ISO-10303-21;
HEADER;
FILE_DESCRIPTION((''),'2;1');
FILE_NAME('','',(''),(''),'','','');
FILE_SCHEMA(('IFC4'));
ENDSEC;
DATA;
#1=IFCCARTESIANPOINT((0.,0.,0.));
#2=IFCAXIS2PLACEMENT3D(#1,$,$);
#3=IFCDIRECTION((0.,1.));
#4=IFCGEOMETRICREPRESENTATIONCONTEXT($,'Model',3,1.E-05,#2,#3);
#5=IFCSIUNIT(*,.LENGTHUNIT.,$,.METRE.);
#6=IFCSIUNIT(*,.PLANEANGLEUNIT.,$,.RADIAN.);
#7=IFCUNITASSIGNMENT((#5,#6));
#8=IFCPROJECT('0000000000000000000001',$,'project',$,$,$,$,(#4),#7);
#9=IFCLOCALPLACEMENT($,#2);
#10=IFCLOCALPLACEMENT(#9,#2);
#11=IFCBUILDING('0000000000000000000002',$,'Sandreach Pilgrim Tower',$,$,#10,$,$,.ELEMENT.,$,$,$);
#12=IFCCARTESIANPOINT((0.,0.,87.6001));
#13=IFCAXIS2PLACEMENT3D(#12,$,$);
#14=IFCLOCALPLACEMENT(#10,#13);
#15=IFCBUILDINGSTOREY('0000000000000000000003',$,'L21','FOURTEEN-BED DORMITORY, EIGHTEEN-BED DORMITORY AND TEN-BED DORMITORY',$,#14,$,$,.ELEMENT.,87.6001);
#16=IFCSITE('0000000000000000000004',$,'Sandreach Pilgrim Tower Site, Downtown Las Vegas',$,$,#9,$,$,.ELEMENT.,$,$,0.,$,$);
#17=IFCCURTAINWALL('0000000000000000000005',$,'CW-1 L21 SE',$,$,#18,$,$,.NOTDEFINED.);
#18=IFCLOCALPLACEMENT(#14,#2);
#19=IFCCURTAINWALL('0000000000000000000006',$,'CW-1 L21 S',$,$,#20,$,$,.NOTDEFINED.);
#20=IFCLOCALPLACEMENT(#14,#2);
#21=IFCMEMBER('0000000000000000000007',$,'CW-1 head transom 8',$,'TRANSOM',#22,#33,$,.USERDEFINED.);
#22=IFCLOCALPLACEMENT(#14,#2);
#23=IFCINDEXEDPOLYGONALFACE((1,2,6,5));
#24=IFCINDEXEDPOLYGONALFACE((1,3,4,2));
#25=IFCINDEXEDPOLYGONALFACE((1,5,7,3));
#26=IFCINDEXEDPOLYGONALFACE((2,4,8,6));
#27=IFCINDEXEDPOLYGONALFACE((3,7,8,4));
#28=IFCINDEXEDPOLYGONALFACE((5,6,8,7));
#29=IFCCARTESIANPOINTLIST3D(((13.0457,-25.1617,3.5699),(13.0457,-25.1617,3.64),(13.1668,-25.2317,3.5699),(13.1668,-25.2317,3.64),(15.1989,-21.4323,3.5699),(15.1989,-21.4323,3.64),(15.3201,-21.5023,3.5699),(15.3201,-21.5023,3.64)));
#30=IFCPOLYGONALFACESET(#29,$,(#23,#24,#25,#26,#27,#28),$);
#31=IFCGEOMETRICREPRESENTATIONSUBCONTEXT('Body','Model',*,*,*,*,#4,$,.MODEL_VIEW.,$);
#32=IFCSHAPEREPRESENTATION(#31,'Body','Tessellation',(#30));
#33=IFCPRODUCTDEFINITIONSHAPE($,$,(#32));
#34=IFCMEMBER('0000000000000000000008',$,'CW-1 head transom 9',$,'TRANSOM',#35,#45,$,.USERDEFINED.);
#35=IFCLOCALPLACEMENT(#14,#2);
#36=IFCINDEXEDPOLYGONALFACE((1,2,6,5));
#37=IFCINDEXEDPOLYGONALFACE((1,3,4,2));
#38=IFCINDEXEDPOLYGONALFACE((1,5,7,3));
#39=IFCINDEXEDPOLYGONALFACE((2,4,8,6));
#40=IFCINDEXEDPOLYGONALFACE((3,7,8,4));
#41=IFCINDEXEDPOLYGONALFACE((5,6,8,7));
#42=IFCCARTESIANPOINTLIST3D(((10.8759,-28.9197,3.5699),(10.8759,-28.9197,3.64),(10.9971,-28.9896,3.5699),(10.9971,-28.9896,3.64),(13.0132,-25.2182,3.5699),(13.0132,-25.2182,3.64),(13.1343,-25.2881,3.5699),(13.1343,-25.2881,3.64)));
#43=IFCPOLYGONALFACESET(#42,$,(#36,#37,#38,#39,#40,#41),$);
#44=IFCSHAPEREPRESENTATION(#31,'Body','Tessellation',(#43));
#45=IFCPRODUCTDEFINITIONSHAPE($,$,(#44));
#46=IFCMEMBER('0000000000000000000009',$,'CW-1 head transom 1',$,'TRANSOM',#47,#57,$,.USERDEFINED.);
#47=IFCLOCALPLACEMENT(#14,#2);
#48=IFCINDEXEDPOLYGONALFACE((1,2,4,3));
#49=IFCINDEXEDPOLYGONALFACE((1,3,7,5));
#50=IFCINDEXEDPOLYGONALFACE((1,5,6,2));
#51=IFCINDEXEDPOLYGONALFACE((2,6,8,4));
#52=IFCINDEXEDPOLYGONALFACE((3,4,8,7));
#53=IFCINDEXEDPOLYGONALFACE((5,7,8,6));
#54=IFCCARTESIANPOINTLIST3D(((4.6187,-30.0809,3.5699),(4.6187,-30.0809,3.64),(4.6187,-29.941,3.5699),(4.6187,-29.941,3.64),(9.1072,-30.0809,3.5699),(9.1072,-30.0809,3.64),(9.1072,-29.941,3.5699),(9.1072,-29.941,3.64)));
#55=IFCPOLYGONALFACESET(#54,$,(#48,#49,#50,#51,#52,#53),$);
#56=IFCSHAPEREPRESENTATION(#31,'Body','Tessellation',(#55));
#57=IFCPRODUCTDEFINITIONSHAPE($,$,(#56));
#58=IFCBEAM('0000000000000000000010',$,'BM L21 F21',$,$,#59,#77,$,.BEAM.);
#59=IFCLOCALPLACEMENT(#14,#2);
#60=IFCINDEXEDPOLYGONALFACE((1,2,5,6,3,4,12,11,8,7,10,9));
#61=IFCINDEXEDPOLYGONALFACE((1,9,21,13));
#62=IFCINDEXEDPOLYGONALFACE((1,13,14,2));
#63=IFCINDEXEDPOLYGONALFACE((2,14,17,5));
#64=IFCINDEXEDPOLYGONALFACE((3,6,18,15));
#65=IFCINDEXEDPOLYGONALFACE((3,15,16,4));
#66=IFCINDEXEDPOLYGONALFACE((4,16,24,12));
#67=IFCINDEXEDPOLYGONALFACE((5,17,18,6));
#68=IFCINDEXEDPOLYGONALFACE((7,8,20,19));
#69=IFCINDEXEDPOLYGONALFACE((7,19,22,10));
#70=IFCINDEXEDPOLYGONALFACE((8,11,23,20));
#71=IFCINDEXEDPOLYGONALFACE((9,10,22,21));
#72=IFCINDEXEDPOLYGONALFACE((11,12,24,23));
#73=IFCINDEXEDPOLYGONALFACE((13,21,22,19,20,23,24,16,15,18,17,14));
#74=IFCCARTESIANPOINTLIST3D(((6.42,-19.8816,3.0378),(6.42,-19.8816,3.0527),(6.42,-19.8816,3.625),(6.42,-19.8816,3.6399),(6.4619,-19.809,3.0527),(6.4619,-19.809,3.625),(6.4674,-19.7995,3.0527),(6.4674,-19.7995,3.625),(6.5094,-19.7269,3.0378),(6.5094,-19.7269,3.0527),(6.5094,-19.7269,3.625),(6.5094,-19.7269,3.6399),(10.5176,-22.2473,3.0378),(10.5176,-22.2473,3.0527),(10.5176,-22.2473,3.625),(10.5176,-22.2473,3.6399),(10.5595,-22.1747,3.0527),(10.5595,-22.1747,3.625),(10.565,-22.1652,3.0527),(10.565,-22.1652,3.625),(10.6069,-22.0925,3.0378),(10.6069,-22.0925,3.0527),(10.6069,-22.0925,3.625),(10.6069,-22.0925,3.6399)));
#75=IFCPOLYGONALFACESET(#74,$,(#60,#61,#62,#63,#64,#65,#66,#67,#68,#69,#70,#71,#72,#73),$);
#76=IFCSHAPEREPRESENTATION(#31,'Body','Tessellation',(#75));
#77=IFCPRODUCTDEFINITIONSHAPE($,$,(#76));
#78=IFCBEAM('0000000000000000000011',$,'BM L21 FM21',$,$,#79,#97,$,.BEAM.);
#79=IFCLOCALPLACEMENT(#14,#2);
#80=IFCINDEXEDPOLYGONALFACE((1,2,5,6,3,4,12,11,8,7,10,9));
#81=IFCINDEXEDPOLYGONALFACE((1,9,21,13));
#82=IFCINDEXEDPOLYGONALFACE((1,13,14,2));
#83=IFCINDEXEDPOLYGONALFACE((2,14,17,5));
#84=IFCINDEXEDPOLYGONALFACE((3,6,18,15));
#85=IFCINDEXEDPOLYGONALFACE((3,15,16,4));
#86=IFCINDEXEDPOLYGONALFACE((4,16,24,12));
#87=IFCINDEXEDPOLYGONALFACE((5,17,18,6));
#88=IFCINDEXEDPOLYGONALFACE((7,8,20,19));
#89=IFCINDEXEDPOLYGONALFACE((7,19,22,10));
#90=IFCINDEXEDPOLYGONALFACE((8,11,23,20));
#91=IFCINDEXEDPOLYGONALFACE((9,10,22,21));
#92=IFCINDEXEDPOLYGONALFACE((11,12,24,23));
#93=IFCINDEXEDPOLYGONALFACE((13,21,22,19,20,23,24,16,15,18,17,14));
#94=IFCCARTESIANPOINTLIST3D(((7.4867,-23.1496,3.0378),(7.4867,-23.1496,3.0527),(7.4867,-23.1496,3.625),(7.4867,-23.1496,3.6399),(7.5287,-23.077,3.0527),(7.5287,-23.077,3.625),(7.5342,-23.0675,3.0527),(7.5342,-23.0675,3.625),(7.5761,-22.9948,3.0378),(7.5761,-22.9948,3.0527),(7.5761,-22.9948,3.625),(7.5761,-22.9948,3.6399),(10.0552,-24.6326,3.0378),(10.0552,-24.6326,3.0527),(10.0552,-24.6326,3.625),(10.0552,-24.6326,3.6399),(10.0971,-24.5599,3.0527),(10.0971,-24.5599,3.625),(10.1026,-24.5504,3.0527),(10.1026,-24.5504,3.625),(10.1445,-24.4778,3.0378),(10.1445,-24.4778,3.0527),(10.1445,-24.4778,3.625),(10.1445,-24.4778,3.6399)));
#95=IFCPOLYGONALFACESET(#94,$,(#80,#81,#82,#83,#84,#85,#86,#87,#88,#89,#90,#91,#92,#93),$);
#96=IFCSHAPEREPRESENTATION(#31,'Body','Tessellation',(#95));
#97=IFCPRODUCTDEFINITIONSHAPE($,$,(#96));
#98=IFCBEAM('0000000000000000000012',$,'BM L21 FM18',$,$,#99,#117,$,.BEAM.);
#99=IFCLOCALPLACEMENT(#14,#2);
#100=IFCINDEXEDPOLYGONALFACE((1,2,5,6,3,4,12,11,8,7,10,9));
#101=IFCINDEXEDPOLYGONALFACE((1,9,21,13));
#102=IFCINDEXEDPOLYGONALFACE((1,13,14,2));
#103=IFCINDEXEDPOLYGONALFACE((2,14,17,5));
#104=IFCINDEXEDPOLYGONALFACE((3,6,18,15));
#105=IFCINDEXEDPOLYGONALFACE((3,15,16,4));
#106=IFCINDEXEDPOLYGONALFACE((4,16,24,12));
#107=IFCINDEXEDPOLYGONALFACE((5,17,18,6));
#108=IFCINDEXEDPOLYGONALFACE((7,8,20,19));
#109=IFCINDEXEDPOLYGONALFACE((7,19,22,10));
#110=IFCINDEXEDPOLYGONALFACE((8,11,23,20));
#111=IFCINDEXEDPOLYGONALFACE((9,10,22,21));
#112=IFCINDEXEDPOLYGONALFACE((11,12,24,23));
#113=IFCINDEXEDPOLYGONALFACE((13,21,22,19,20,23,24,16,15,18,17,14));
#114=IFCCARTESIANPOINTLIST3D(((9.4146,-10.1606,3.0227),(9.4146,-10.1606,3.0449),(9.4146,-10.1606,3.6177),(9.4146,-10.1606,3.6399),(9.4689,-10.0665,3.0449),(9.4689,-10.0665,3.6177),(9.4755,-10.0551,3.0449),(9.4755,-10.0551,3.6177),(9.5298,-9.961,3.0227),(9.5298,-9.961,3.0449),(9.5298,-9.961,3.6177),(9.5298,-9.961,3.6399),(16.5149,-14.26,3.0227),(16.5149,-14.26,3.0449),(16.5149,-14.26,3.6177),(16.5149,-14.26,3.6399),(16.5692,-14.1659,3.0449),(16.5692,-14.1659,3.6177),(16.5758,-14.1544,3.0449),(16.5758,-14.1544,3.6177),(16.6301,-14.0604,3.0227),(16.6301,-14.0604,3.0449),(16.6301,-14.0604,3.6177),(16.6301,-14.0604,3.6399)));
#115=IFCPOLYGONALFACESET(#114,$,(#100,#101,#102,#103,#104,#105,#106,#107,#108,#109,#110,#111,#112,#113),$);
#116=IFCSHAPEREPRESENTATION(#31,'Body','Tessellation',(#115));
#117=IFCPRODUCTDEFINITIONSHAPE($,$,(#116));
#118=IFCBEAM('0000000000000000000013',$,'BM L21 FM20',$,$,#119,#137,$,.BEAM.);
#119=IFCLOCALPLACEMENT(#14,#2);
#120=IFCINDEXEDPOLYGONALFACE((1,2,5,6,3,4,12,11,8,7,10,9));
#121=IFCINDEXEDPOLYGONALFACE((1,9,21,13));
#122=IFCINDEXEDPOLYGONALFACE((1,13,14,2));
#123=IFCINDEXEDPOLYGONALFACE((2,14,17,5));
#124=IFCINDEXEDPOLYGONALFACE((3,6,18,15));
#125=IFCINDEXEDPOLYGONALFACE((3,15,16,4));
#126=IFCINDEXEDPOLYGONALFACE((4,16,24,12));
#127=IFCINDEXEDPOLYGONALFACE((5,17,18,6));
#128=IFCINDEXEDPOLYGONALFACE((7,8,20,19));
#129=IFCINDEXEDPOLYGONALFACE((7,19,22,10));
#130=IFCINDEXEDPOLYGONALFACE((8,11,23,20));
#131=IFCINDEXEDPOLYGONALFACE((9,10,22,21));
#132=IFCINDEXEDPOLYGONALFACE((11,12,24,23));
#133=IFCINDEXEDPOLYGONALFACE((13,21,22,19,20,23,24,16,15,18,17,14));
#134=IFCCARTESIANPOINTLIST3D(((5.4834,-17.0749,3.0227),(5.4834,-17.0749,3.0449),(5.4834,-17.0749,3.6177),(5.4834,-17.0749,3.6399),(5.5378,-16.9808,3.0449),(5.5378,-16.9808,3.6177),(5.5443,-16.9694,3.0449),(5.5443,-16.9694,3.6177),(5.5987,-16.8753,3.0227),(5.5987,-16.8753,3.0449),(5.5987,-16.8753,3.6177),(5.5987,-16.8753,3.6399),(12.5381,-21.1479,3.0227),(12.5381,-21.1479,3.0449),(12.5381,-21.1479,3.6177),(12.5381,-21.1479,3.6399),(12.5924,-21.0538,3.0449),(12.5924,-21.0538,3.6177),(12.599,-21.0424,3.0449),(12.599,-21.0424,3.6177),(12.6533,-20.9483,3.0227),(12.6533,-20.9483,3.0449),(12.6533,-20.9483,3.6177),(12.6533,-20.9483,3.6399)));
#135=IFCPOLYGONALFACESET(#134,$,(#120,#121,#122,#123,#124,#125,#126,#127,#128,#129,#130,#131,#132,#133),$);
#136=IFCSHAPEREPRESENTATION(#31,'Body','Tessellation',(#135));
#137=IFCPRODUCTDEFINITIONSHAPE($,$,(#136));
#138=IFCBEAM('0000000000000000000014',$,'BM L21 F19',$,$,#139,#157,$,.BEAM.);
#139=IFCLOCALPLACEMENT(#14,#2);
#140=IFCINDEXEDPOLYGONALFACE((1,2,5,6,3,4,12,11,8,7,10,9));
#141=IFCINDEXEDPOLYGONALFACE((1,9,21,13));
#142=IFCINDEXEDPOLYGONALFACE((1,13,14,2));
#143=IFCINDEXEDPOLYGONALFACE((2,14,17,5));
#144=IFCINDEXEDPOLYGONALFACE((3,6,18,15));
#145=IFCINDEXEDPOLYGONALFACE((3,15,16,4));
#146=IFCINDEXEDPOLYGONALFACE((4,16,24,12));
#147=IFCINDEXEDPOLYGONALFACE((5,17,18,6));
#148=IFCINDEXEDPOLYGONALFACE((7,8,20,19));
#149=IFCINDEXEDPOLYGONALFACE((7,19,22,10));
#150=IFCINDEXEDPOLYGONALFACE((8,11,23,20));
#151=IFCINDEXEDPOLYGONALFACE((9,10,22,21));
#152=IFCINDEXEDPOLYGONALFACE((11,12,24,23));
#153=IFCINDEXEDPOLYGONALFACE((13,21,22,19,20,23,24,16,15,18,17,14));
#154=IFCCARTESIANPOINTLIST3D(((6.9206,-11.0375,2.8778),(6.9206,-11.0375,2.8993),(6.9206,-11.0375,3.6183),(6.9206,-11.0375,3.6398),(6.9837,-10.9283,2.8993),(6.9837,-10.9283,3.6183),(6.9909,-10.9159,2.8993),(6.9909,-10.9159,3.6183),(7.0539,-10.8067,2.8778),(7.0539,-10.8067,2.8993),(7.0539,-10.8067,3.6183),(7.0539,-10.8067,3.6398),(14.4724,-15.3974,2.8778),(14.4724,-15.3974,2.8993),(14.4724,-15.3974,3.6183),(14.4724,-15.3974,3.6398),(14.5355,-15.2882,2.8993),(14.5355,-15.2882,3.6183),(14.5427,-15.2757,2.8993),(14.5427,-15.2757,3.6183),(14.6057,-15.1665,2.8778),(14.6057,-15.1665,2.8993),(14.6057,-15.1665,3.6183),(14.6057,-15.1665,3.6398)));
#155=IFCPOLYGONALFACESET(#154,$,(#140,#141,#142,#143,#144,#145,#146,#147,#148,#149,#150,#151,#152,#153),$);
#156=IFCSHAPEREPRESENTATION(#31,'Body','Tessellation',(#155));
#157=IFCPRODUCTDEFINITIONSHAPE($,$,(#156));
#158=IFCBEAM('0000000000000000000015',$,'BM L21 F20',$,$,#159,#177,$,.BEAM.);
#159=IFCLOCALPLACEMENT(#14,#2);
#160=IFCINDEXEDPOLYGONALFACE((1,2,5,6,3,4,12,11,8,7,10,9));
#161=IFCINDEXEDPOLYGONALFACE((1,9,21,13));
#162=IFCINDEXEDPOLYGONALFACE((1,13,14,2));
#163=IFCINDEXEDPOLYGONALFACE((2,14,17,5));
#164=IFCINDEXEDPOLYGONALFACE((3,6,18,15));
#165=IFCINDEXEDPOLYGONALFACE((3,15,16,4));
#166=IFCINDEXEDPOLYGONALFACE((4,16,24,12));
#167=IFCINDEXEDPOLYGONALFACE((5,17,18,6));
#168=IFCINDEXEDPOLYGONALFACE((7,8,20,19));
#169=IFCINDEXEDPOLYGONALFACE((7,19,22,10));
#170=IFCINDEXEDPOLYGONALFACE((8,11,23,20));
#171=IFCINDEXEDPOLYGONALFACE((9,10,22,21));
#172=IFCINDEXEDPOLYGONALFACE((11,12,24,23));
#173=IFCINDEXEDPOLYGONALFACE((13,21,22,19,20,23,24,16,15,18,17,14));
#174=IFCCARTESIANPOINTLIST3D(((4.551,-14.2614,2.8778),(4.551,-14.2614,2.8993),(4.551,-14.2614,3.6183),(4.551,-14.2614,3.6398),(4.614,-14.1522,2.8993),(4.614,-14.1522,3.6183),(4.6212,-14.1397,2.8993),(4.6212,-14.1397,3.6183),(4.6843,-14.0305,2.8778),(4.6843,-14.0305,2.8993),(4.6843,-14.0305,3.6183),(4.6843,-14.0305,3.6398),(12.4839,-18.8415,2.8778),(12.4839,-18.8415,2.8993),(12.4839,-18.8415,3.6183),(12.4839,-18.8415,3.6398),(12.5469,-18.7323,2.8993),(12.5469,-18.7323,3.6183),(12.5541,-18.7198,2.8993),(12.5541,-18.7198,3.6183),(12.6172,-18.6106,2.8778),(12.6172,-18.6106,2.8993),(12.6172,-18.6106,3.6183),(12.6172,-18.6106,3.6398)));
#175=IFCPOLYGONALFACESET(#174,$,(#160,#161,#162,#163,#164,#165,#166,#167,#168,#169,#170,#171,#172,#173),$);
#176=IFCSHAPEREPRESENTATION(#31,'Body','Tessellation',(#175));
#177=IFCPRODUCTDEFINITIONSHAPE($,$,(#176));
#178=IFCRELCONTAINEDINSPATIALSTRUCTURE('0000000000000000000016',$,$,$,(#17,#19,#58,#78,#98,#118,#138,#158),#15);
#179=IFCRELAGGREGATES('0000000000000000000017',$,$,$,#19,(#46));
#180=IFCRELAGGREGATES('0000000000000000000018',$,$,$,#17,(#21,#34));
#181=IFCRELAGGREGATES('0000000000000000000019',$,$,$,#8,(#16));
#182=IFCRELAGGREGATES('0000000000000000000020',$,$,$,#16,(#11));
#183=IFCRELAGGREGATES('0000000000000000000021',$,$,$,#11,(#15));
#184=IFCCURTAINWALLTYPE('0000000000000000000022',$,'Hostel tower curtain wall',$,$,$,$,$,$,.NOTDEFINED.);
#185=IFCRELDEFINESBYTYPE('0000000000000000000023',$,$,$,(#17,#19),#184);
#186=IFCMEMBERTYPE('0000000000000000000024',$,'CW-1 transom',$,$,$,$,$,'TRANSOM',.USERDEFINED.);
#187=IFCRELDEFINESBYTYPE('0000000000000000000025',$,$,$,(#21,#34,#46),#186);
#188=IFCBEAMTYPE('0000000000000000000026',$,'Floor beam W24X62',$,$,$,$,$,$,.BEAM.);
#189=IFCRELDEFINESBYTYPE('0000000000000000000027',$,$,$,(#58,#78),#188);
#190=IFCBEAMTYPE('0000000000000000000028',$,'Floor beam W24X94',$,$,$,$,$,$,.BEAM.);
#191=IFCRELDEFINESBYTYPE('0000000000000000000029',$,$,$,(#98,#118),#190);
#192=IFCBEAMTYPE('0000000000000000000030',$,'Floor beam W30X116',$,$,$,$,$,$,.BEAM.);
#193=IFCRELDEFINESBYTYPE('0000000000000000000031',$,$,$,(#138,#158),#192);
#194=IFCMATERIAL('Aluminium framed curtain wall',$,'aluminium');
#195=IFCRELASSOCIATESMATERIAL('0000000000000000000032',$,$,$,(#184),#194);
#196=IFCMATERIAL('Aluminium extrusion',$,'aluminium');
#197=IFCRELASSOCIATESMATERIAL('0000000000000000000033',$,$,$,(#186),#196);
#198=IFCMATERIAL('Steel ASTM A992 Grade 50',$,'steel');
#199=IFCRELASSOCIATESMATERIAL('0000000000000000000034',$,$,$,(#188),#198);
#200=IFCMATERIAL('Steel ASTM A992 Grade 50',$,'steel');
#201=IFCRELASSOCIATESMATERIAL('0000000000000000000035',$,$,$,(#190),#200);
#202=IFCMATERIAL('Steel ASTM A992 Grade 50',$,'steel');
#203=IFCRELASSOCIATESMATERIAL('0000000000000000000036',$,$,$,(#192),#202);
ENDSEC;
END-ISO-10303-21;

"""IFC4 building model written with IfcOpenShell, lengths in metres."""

from ifc_helpers import new_model, si_unit, direction, frame, origin, origin_2d, place, context, subcontext, project, spatial, rectangle, i_section, extrude, material, material_profile, profile_set, type_object, element, aggregate, save


model = new_model("IFC4")

# Units and contexts
model_context = context("Model", 3, precision=1e-05, world=origin(), true_north=direction((0.0, 1.0)))
body_context = subcontext(model_context, "Body", "Model", "MODEL_VIEW")
ifc_project = project(units=[si_unit("LENGTHUNIT", "METRE"), si_unit("PLANEANGLEUNIT", "RADIAN")], contexts=[model_context])

# Site, building, storey
site_placement = place(None, origin())
site = spatial("IfcSite", under=ifc_project, at=site_placement, Name="Sandreach Pilgrim Tower Site, Downtown Las Vegas", CompositionType="ELEMENT", RefElevation=0.0)
building_placement = place(site_placement, origin())
building = spatial("IfcBuilding", under=site, at=building_placement, Name="Sandreach Pilgrim Tower", CompositionType="ELEMENT")
storey_placement = place(building_placement, frame((0.0, 0.0, 87.6001)))
storey = spatial("IfcBuildingStorey", under=building, at=storey_placement, Name="L21", Description="FOURTEEN-BED DORMITORY, EIGHTEEN-BED DORMITORY AND TEN-BED DORMITORY", CompositionType="ELEMENT", Elevation=87.6001)

# Curtain wall
ifc_material_1 = material(Name="Aluminium framed curtain wall", Category="aluminium")
curtain_wall_type = type_object("IfcCurtainWallType", Name="Hostel tower curtain wall", PredefinedType="NOTDEFINED", material=ifc_material_1)
curtain_wall_1_placement = place(storey_placement, origin())
curtain_wall_1 = element("IfcCurtainWall", 1, at=curtain_wall_1_placement, inside=storey, type_object=curtain_wall_type, Name="CW-1 L21 SE", PredefinedType="NOTDEFINED")

# Curtain wall
curtain_wall_2_placement = place(storey_placement, origin())
curtain_wall_2 = element("IfcCurtainWall", 2, at=curtain_wall_2_placement, inside=storey, type_object=curtain_wall_type, Name="CW-1 L21 S", PredefinedType="NOTDEFINED")

# Members
ifc_material_2 = material(Name="Aluminium extrusion", Category="aluminium")
ifc_material_profile_1 = material_profile(ifc_material_2, rectangle(XDim=0.1399, YDim=0.0701, at=origin_2d()), Name="CW-1T 140X70")
ifc_profile_set_1 = profile_set([ifc_material_profile_1], Name="Aluminium extrusion")
member_type_1 = type_object("IfcMemberType", Name="CW-1 transom", ElementType="TRANSOM", PredefinedType="USERDEFINED", material=ifc_profile_set_1)
member_1_placement = place(storey_placement, frame((15.2595, -21.4673, 3.605), z_axis=(-0.500017, -0.866016, 0.0), x_axis=(0.866016, -0.500017, 0.0)))
member_1 = element("IfcMember", 3, at=member_1_placement, type_object=member_type_1, Name="CW-1 head transom 8", ObjectType="TRANSOM", PredefinedType="USERDEFINED", context=body_context, shape_type="SweptSolid", body=[
    extrude(rectangle(XDim=0.1399, YDim=0.0701, at=origin_2d()), origin(), (0.0, 0.0, 1.0), 4.3064),
])
member_2_placement = place(storey_placement, frame((13.0737, -25.2532, 3.605), z_axis=(-0.500034, -0.866006, 0.0), x_axis=(0.866006, -0.500034, 0.0)))
member_2 = element("IfcMember", 4, at=member_2_placement, type_object=member_type_1, Name="CW-1 head transom 9", ObjectType="TRANSOM", PredefinedType="USERDEFINED", context=body_context, shape_type="SweptSolid", body=[
    extrude(rectangle(XDim=0.1399, YDim=0.0701, at=origin_2d()), origin(), (0.0, 0.0, 1.0), 4.2742),
])
member_3_placement = place(storey_placement, frame((9.1072, -30.011, 3.605), z_axis=(-1.0, 0.0, 0.0), x_axis=(0.0, -1.0, 0.0)))
member_3 = element("IfcMember", 5, at=member_3_placement, type_object=member_type_1, Name="CW-1 head transom 1", ObjectType="TRANSOM", PredefinedType="USERDEFINED", context=body_context, shape_type="SweptSolid", body=[
    extrude(rectangle(XDim=0.1399, YDim=0.0701, at=origin_2d()), origin(), (0.0, 0.0, 1.0), 4.4885),
])
aggregate(curtain_wall_2, [member_3])

# Beams
ifc_material_3 = material(Name="Steel ASTM A992 Grade 50", Category="steel")
ifc_material_profile_2 = material_profile(ifc_material_3, i_section(OverallWidth=0.1787, OverallDepth=0.6021, WebThickness=0.011, FlangeThickness=0.0149, at=origin_2d()), Name="W24X62")
ifc_profile_set_2 = profile_set([ifc_material_profile_2], Name="Steel ASTM A992 Grade 50")
beam_type_1 = type_object("IfcBeamType", Name="Floor beam W24X62", PredefinedType="BEAM", material=ifc_profile_set_2)
beam_1_placement = place(storey_placement, frame((10.5623, -22.1699, 3.3389), z_axis=(-0.866031, 0.49999, 0.0), x_axis=(-0.49999, -0.866031, 0.0)))
element("IfcBeam", 6, at=beam_1_placement, inside=storey, type_object=beam_type_1, Name="BM L21 F21", PredefinedType="BEAM", context=body_context, shape_type="SweptSolid", body=[
    extrude(i_section(OverallWidth=0.1787, OverallDepth=0.6021, WebThickness=0.011, FlangeThickness=0.0149, at=origin_2d()), origin(), (0.0, 0.0, 1.0), 4.7314),
])
beam_2_placement = place(storey_placement, frame((10.0999, -24.5552, 3.3389), z_axis=(-0.866016, 0.500017, 0.0), x_axis=(-0.500017, -0.866016, 0.0)))
element("IfcBeam", 7, at=beam_2_placement, inside=storey, type_object=beam_type_1, Name="BM L21 FM21", PredefinedType="BEAM", context=body_context, shape_type="SweptSolid", body=[
    extrude(i_section(OverallWidth=0.1787, OverallDepth=0.6021, WebThickness=0.011, FlangeThickness=0.0149, at=origin_2d()), origin(), (0.0, 0.0, 1.0), 2.9658),
])
ifc_material_4 = material(Name="Steel ASTM A992 Grade 50", Category="steel")
ifc_material_profile_3 = material_profile(ifc_material_4, i_section(OverallWidth=0.2305, OverallDepth=0.6172, WebThickness=0.0132, FlangeThickness=0.0222, at=origin_2d()), Name="W24X94")
ifc_profile_set_3 = profile_set([ifc_material_profile_3], Name="Steel ASTM A992 Grade 50")
beam_type_2 = type_object("IfcBeamType", Name="Floor beam W24X94", PredefinedType="BEAM", material=ifc_profile_set_3)
beam_3_placement = place(storey_placement, frame((16.5725, -14.1602, 3.3313), z_axis=(-0.866026, 0.499998, 0.0), x_axis=(-0.499998, -0.866026, 0.0)))
element("IfcBeam", 8, at=beam_3_placement, inside=storey, type_object=beam_type_2, Name="BM L21 FM18", PredefinedType="BEAM", context=body_context, shape_type="SweptSolid", body=[
    extrude(i_section(OverallWidth=0.2305, OverallDepth=0.6172, WebThickness=0.0132, FlangeThickness=0.0222, at=origin_2d()), origin(), (0.0, 0.0, 1.0), 8.1987),
])
beam_4_placement = place(storey_placement, frame((12.5957, -21.0481, 3.3313), z_axis=(-0.866027, 0.499997, 0.0), x_axis=(-0.499997, -0.866027, 0.0)))
element("IfcBeam", 9, at=beam_4_placement, inside=storey, type_object=beam_type_2, Name="BM L21 FM20", PredefinedType="BEAM", context=body_context, shape_type="SweptSolid", body=[
    extrude(i_section(OverallWidth=0.2305, OverallDepth=0.6172, WebThickness=0.0132, FlangeThickness=0.0222, at=origin_2d()), origin(), (0.0, 0.0, 1.0), 8.146),
])
ifc_material_5 = material(Name="Steel ASTM A992 Grade 50", Category="steel")
ifc_material_profile_4 = material_profile(ifc_material_5, i_section(OverallWidth=0.2666, OverallDepth=0.762, WebThickness=0.0144, FlangeThickness=0.0215, at=origin_2d()), Name="W30X116")
ifc_profile_set_4 = profile_set([ifc_material_profile_4], Name="Steel ASTM A992 Grade 50")
beam_type_3 = type_object("IfcBeamType", Name="Floor beam W30X116", PredefinedType="BEAM", material=ifc_profile_set_4)
beam_5_placement = place(storey_placement, frame((14.5391, -15.282, 3.2588), z_axis=(-0.866033, 0.499987, 0.0), x_axis=(-0.499987, -0.866033, 0.0)))
element("IfcBeam", 10, at=beam_5_placement, inside=storey, type_object=beam_type_3, Name="BM L21 F19", PredefinedType="BEAM", context=body_context, shape_type="SweptSolid", body=[
    extrude(i_section(OverallWidth=0.2666, OverallDepth=0.762, WebThickness=0.0144, FlangeThickness=0.0215, at=origin_2d()), origin(), (0.0, 0.0, 1.0), 8.72),
])
beam_6_placement = place(storey_placement, frame((12.5505, -18.7261, 3.2588), z_axis=(-0.866024, 0.500003, 0.0), x_axis=(-0.500003, -0.866024, 0.0)))
element("IfcBeam", 11, at=beam_6_placement, inside=storey, type_object=beam_type_3, Name="BM L21 F20", PredefinedType="BEAM", context=body_context, shape_type="SweptSolid", body=[
    extrude(i_section(OverallWidth=0.2666, OverallDepth=0.762, WebThickness=0.0144, FlangeThickness=0.0215, at=origin_2d()), origin(), (0.0, 0.0, 1.0), 9.1602),
])

aggregate(curtain_wall_1, [member_1, member_2])

save(model, "model.ifc")
